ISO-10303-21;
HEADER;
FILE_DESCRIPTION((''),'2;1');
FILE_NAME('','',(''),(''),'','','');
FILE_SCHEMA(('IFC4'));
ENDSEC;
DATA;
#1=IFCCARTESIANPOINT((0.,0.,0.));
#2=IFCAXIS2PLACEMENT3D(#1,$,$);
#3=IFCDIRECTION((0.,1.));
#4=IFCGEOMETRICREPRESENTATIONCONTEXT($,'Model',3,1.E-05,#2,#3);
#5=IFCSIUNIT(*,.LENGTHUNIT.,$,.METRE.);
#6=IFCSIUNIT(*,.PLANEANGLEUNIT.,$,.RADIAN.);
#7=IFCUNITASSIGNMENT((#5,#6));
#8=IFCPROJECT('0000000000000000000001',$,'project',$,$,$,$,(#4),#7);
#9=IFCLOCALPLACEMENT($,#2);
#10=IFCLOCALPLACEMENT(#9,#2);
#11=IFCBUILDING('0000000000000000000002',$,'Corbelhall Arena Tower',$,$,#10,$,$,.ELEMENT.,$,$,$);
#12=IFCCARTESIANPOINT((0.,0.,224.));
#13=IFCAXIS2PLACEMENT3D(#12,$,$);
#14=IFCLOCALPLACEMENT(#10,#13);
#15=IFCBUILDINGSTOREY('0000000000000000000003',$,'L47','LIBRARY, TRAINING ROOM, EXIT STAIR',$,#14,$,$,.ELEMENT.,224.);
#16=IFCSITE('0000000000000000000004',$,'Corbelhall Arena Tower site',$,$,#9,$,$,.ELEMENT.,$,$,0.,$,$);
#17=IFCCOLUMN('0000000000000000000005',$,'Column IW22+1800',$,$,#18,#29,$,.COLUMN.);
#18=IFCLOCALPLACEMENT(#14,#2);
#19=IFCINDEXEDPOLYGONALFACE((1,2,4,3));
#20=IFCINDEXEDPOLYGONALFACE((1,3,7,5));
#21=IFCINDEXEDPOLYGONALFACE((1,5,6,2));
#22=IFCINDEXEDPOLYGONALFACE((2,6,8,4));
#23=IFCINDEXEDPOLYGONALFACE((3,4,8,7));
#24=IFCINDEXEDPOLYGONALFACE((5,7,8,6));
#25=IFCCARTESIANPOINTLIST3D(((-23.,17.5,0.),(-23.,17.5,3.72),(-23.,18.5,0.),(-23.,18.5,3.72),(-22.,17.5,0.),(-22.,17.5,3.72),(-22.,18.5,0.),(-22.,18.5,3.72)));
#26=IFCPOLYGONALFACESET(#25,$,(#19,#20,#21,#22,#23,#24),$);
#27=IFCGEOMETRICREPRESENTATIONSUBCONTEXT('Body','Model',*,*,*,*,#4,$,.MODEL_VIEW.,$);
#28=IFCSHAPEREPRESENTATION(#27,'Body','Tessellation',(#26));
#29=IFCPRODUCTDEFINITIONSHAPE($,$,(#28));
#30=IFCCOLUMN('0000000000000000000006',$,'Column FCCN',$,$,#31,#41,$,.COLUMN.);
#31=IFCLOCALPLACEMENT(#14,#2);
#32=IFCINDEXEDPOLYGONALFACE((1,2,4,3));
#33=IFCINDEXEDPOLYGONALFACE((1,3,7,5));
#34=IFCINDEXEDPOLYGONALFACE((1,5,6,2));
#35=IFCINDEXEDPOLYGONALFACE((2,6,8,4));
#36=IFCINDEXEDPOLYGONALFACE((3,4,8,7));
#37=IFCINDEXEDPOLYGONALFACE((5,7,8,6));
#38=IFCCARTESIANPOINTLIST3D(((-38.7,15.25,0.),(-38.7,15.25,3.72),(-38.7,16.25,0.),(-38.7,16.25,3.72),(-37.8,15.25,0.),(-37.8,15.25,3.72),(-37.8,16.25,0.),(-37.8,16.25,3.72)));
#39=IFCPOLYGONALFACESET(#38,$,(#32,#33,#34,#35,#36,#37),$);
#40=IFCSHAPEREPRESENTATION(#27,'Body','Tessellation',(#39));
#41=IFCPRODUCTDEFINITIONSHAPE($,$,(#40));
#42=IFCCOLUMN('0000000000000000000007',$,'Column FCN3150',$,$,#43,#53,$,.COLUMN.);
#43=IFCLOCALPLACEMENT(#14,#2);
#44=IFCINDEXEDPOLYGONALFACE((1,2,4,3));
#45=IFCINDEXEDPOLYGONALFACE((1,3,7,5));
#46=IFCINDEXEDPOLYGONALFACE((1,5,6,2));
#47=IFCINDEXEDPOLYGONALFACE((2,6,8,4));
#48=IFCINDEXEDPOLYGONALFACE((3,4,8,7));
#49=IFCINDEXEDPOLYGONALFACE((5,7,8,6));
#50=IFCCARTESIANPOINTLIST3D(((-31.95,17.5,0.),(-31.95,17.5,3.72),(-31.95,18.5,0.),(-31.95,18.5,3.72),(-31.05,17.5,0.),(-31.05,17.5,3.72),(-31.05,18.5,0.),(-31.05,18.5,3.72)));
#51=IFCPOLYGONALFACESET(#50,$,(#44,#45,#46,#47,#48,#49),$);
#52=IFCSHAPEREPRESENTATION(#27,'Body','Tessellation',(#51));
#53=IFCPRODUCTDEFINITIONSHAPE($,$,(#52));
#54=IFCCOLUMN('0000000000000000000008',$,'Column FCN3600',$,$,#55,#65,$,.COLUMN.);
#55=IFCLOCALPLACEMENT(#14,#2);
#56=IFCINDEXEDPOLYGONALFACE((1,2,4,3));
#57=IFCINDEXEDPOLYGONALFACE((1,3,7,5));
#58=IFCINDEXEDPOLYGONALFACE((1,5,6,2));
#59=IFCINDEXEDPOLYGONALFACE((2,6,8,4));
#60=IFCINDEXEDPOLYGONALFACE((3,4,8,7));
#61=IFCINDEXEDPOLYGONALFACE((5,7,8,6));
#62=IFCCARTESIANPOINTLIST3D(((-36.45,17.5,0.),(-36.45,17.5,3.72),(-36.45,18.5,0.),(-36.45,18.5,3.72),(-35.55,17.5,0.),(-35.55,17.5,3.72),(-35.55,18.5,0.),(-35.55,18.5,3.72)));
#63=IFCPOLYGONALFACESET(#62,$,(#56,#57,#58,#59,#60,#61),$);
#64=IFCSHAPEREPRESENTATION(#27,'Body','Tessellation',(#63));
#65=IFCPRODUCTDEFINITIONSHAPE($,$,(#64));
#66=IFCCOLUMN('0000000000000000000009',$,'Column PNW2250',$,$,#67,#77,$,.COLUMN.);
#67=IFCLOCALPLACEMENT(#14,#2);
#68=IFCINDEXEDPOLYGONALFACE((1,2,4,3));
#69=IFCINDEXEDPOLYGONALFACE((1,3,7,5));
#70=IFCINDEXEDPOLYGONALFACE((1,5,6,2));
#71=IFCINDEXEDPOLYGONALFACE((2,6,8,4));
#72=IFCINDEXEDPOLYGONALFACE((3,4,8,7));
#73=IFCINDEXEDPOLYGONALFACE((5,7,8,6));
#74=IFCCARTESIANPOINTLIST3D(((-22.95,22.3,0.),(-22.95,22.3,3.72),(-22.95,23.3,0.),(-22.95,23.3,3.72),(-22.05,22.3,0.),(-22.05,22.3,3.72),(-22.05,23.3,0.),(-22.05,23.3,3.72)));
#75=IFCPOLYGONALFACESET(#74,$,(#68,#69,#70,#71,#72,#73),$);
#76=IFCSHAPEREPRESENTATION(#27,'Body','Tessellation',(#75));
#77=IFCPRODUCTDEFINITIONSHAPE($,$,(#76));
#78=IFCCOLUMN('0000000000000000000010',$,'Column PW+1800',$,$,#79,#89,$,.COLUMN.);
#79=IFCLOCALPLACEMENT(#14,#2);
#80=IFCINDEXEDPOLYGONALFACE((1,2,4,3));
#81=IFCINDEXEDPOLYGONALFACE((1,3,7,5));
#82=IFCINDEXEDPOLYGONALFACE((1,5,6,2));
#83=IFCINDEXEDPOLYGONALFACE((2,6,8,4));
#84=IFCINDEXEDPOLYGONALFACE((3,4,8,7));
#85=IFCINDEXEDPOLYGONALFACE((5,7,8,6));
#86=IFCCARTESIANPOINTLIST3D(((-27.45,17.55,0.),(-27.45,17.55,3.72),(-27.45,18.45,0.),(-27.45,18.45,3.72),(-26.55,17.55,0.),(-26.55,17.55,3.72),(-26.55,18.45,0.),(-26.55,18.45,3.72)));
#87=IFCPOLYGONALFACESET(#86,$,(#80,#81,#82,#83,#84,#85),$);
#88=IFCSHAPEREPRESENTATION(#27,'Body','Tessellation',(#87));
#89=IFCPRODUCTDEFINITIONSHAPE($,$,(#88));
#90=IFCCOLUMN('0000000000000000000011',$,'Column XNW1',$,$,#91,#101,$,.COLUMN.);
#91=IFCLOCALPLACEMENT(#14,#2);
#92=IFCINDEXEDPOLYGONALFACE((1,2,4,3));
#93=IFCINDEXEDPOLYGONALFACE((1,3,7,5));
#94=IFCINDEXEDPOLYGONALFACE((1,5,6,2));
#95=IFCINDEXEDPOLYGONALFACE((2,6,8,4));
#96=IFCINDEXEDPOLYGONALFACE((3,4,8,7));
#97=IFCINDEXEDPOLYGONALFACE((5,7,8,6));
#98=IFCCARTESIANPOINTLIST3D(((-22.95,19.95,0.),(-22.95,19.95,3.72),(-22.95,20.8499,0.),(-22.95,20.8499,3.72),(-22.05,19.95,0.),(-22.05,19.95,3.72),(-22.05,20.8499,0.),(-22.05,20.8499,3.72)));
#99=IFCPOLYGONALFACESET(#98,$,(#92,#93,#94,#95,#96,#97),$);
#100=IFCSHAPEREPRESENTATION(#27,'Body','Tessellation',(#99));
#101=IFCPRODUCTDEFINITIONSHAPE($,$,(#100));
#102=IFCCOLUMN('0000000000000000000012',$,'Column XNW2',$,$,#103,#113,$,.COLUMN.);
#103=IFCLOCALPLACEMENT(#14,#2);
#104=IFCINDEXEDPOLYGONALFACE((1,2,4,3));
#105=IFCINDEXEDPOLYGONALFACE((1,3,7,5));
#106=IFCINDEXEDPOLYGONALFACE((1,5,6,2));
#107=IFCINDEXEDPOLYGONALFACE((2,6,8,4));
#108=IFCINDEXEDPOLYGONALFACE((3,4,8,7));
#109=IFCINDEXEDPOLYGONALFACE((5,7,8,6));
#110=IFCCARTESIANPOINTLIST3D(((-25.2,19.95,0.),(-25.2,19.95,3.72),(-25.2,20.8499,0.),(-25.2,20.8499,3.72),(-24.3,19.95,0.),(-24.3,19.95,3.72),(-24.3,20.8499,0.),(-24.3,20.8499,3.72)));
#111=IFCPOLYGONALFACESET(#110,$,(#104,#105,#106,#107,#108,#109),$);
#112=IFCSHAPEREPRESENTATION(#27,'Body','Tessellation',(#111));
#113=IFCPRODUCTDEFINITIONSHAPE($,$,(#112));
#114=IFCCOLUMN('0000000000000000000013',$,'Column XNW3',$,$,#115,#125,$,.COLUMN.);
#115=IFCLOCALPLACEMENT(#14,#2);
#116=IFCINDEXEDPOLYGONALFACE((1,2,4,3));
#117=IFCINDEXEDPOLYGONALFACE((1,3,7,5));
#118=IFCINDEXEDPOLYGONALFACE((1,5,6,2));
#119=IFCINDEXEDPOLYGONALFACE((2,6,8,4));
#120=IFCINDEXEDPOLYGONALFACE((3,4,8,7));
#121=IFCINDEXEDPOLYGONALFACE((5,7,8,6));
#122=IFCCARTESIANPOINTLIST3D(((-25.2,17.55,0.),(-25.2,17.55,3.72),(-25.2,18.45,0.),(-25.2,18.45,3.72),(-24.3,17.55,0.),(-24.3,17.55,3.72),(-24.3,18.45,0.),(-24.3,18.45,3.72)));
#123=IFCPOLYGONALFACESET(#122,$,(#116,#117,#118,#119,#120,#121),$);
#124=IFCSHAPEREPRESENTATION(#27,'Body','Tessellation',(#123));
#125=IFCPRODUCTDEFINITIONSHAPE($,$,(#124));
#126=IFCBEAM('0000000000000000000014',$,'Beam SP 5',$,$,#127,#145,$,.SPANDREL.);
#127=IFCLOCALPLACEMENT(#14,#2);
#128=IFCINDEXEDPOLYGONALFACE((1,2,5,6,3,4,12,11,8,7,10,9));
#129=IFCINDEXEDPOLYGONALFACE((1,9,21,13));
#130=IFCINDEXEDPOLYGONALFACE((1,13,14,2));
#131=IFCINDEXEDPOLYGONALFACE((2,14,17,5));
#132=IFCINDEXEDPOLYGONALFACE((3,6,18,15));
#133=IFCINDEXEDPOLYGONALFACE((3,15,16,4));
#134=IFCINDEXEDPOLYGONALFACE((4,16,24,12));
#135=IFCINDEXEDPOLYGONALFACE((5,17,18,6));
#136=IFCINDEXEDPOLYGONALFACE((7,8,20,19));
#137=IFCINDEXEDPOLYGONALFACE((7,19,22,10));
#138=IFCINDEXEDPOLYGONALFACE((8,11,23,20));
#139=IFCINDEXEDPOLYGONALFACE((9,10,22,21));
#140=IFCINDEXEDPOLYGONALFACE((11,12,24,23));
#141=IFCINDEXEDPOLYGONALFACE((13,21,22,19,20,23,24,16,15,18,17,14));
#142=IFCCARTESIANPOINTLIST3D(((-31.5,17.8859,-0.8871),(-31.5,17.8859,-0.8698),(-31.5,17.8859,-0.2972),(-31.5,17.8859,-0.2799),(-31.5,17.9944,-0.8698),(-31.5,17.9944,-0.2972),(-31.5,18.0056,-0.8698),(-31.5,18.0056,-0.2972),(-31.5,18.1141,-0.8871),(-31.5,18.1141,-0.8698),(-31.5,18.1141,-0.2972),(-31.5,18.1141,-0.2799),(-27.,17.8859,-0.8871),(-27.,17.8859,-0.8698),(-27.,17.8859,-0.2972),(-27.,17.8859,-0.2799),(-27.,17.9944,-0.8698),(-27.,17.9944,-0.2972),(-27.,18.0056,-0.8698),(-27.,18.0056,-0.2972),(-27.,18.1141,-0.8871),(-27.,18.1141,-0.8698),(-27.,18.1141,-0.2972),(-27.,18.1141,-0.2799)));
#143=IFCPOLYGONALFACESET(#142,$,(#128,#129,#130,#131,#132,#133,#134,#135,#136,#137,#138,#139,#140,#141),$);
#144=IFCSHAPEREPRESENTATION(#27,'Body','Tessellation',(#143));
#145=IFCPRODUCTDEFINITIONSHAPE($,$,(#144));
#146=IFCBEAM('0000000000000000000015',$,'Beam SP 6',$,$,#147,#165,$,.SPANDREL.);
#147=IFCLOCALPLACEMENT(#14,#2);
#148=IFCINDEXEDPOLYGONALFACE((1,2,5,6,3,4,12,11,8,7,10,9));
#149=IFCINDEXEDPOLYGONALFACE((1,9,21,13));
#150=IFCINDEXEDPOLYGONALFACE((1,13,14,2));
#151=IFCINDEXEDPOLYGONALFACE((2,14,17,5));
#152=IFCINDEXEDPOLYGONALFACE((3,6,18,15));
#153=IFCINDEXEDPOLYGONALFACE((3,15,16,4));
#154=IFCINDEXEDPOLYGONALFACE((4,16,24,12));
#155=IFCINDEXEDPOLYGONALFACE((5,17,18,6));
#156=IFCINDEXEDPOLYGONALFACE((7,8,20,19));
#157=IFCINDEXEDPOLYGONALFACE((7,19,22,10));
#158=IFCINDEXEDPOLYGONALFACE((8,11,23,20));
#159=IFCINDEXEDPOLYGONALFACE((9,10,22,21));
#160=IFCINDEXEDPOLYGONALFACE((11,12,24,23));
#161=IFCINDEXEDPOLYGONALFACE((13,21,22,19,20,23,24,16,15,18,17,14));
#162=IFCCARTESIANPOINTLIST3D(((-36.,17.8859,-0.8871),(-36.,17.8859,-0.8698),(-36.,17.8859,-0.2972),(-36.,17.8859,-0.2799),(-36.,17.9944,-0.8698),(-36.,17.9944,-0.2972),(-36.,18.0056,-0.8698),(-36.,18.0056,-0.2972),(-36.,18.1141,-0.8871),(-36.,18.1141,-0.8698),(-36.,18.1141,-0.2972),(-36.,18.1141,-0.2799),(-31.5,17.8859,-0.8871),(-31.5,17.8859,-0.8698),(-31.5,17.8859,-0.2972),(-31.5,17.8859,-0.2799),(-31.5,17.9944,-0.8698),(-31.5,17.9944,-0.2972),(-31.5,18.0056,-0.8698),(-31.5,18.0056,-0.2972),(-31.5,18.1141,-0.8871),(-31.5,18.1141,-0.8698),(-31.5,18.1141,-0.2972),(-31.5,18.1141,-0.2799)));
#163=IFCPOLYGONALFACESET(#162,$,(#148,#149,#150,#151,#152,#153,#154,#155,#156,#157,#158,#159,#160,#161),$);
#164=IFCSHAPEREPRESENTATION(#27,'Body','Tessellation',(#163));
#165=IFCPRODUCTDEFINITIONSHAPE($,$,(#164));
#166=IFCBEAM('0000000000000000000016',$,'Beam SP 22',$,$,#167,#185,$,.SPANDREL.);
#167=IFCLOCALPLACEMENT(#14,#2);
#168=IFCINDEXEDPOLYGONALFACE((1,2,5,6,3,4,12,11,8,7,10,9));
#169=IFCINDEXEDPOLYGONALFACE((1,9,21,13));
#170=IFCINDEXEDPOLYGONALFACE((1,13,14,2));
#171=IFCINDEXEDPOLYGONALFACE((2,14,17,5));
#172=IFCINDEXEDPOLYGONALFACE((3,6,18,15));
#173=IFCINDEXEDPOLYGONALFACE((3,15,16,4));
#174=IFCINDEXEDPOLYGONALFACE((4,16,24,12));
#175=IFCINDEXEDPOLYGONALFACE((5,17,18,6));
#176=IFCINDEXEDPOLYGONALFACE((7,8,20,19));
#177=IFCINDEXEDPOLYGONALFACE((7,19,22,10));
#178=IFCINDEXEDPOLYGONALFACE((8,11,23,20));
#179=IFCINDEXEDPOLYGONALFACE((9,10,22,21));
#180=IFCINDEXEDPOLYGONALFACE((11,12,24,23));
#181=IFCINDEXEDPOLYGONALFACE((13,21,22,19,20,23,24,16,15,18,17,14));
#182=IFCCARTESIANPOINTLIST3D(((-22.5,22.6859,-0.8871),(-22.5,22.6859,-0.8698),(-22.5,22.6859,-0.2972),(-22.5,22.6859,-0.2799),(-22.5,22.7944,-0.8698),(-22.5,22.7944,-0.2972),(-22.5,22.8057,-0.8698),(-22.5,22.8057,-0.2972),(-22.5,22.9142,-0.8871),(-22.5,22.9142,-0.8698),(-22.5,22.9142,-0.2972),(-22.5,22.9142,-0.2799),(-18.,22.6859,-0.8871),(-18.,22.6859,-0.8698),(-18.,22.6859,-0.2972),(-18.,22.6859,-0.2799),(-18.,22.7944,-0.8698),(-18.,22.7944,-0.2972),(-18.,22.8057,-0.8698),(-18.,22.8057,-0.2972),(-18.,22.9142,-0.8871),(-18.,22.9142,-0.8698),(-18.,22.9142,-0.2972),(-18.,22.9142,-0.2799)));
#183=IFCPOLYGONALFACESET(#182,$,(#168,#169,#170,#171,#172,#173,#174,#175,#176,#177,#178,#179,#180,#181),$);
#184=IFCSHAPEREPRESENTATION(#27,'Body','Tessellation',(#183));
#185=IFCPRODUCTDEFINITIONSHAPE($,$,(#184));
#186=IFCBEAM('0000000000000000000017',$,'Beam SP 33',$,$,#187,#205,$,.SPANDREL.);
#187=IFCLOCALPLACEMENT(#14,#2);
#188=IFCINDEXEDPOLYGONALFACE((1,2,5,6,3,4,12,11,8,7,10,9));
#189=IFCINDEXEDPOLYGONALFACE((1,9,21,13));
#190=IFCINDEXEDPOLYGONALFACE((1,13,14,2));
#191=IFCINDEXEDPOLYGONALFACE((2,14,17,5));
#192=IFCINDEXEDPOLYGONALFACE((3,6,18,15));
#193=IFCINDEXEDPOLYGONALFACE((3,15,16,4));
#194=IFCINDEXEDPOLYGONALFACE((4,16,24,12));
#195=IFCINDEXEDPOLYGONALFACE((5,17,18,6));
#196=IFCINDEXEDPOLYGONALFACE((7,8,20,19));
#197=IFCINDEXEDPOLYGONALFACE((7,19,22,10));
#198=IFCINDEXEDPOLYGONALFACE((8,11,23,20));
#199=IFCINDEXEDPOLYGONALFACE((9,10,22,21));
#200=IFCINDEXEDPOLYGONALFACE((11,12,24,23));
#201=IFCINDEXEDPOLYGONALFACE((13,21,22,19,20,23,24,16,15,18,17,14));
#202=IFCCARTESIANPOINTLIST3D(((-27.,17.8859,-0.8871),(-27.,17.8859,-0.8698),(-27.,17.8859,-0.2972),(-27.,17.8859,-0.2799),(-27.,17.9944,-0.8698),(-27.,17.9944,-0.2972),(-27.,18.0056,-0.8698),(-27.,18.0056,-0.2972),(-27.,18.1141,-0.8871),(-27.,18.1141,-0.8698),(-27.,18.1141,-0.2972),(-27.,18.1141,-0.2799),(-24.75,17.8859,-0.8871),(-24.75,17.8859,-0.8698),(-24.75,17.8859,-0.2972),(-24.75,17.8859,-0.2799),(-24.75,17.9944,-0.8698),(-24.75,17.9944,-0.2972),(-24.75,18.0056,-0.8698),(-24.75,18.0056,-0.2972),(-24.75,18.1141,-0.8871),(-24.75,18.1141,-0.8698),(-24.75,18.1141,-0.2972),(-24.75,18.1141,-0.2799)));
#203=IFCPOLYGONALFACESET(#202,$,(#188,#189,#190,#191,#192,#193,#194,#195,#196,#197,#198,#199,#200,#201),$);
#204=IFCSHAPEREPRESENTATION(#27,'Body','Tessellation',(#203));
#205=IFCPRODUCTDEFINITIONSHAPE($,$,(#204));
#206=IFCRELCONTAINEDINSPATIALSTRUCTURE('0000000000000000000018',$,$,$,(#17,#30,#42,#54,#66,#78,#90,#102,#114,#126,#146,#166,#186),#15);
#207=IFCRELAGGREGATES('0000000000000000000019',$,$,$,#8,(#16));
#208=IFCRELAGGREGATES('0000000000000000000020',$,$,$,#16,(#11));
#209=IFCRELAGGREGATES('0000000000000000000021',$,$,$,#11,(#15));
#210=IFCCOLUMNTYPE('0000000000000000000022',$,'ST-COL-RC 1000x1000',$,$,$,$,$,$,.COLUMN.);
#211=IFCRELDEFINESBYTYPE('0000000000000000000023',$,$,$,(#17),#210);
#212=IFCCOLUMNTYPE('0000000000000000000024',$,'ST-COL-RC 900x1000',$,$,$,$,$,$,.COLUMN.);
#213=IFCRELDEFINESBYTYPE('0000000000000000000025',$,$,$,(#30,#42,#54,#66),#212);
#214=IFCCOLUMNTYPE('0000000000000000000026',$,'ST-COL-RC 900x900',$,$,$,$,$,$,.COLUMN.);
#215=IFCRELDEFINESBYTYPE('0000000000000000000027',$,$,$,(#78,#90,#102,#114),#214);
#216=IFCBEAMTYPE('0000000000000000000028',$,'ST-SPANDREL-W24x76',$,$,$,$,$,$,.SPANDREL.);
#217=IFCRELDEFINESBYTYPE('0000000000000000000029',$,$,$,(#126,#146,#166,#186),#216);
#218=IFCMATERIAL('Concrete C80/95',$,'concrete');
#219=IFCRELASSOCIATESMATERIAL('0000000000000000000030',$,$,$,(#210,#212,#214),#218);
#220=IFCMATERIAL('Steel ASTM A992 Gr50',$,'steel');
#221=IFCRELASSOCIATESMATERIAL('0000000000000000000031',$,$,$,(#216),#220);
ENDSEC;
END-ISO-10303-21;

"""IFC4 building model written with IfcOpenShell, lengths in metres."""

from ifc_helpers import new_model, si_unit, direction, frame, origin, origin_2d, place, context, subcontext, project, spatial, rectangle, i_section, extrude, material, material_profile, profile_set, type_object, element, save


model = new_model("IFC4")

# Units and contexts
model_context = context("Model", 3, precision=1e-05, world=origin(), true_north=direction((0.0, 1.0)))
body_context = subcontext(model_context, "Body", "Model", "MODEL_VIEW")
ifc_project = project(units=[si_unit("LENGTHUNIT", "METRE"), si_unit("PLANEANGLEUNIT", "RADIAN")], contexts=[model_context])

# Site, building, storey
site_placement = place(None, origin())
site = spatial("IfcSite", under=ifc_project, at=site_placement, Name="Corbelhall Arena Tower site", CompositionType="ELEMENT", RefElevation=0.0)
building_placement = place(site_placement, origin())
building = spatial("IfcBuilding", under=site, at=building_placement, Name="Corbelhall Arena Tower", CompositionType="ELEMENT")
storey_placement = place(building_placement, frame((0.0, 0.0, 224.0)))
storey = spatial("IfcBuildingStorey", under=building, at=storey_placement, Name="L47", Description="LIBRARY, TRAINING ROOM, EXIT STAIR", CompositionType="ELEMENT", Elevation=224.0)

# Columns
ifc_material_1 = material(Name="Concrete C80/95", Category="concrete")
ifc_material_profile_1 = material_profile(ifc_material_1, rectangle(XDim=1.0, YDim=1.0, at=origin_2d()))
ifc_profile_set_1 = profile_set([ifc_material_profile_1], Name="Concrete C80/95")
column_type_1 = type_object("IfcColumnType", Name="ST-COL-RC 1000x1000", PredefinedType="COLUMN", material=ifc_profile_set_1)
column_placement = place(storey_placement, frame((-22.5, 18.0, 0.0), z_axis=(0.0, 0.0, 1.0), x_axis=(1.0, 0.0, 0.0)))
element("IfcColumn", 1, at=column_placement, inside=storey, type_object=column_type_1, Name="Column IW22+1800", PredefinedType="COLUMN", context=body_context, shape_type="SweptSolid", body=[
    extrude(rectangle(XDim=1.0, YDim=1.0, at=origin_2d()), origin(), (0.0, 0.0, 1.0), 3.72),
])
ifc_material_profile_2 = material_profile(ifc_material_1, rectangle(XDim=0.8999, YDim=1.0, at=origin_2d()))
ifc_profile_set_2 = profile_set([ifc_material_profile_2], Name="Concrete C80/95")
column_type_2 = type_object("IfcColumnType", Name="ST-COL-RC 900x1000", PredefinedType="COLUMN", material=ifc_profile_set_2)
for number, where, z_axis, x_axis, name in (
    (2, (-38.25, 15.75, 0.0), (0.0, 0.0, 1.0), (1.0, 0.0, 0.0), "Column FCCN"),
    (3, (-31.5, 18.0, 0.0), (0.0, 0.0, 1.0), (1.0, 0.0, 0.0), "Column FCN3150"),
    (4, (-36.0, 18.0, 0.0), (0.0, 0.0, 1.0), (1.0, 0.0, 0.0), "Column FCN3600"),
    (5, (-22.5, 22.8, 0.0), (0.0, 0.0, 1.0), (1.0, 0.0, 0.0), "Column PNW2250"),
):
    element("IfcColumn", number, at=place(storey_placement, frame(where, z_axis=z_axis, x_axis=x_axis)), inside=storey, type_object=column_type_2, Name=name, PredefinedType="COLUMN", context=body_context, shape_type="SweptSolid", body=[
        extrude(rectangle(XDim=0.8999, YDim=1.0, at=origin_2d()), origin(), (0.0, 0.0, 1.0), 3.72),
    ])
ifc_material_profile_3 = material_profile(ifc_material_1, rectangle(XDim=0.8999, YDim=0.8999, at=origin_2d()))
ifc_profile_set_3 = profile_set([ifc_material_profile_3], Name="Concrete C80/95")
column_type_3 = type_object("IfcColumnType", Name="ST-COL-RC 900x900", PredefinedType="COLUMN", material=ifc_profile_set_3)
for number, where, z_axis, x_axis, name in (
    (6, (-27.0, 18.0, 0.0), (0.0, 0.0, 1.0), (1.0, 0.0, 0.0), "Column PW+1800"),
    (7, (-22.5, 20.3999, 0.0), (0.0, 0.0, 1.0), (1.0, 0.0, 0.0), "Column XNW1"),
    (8, (-24.75, 20.3999, 0.0), (0.0, 0.0, 1.0), (1.0, 0.0, 0.0), "Column XNW2"),
    (9, (-24.75, 18.0, 0.0), (0.0, 0.0, 1.0), (1.0, 0.0, 0.0), "Column XNW3"),
):
    element("IfcColumn", number, at=place(storey_placement, frame(where, z_axis=z_axis, x_axis=x_axis)), inside=storey, type_object=column_type_3, Name=name, PredefinedType="COLUMN", context=body_context, shape_type="SweptSolid", body=[
        extrude(rectangle(XDim=0.8999, YDim=0.8999, at=origin_2d()), origin(), (0.0, 0.0, 1.0), 3.72),
    ])

# Beams
ifc_material_2 = material(Name="Steel ASTM A992 Gr50", Category="steel")
ifc_material_profile_4 = material_profile(ifc_material_2, i_section(OverallWidth=0.2283, OverallDepth=0.6072, WebThickness=0.0112, FlangeThickness=0.0173, at=origin_2d()))
ifc_profile_set_4 = profile_set([ifc_material_profile_4], Name="Steel ASTM A992 Gr50")
beam_type = type_object("IfcBeamType", Name="ST-SPANDREL-W24x76", PredefinedType="SPANDREL", material=ifc_profile_set_4)
for number, where, z_axis, x_axis, name in (
    (10, (-31.5, 18.0, -0.5835), (1.0, 0.0, 0.0), (0.0, 1.0, 0.0), "Beam SP 5"),
    (11, (-36.0, 18.0, -0.5835), (1.0, 0.0, 0.0), (0.0, 1.0, 0.0), "Beam SP 6"),
    (12, (-22.5, 22.8, -0.5835), (1.0, 0.0, 0.0), (0.0, 1.0, 0.0), "Beam SP 22"),
):
    element("IfcBeam", number, at=place(storey_placement, frame(where, z_axis=z_axis, x_axis=x_axis)), inside=storey, type_object=beam_type, Name=name, PredefinedType="SPANDREL", context=body_context, shape_type="SweptSolid", body=[
        extrude(i_section(OverallWidth=0.2283, OverallDepth=0.6072, WebThickness=0.0112, FlangeThickness=0.0173, at=origin_2d()), origin(), (0.0, 0.0, 1.0), 4.5),
    ])
beam_1_placement = place(storey_placement, frame((-27.0, 18.0, -0.5835), z_axis=(1.0, 0.0, 0.0), x_axis=(0.0, 1.0, 0.0)))
element("IfcBeam", 13, at=beam_1_placement, inside=storey, type_object=beam_type, Name="Beam SP 33", PredefinedType="SPANDREL", context=body_context, shape_type="SweptSolid", body=[
    extrude(i_section(OverallWidth=0.2283, OverallDepth=0.6072, WebThickness=0.0112, FlangeThickness=0.0173, at=origin_2d()), origin(), (0.0, 0.0, 1.0), 2.25),
])

save(model, "model.ifc")
